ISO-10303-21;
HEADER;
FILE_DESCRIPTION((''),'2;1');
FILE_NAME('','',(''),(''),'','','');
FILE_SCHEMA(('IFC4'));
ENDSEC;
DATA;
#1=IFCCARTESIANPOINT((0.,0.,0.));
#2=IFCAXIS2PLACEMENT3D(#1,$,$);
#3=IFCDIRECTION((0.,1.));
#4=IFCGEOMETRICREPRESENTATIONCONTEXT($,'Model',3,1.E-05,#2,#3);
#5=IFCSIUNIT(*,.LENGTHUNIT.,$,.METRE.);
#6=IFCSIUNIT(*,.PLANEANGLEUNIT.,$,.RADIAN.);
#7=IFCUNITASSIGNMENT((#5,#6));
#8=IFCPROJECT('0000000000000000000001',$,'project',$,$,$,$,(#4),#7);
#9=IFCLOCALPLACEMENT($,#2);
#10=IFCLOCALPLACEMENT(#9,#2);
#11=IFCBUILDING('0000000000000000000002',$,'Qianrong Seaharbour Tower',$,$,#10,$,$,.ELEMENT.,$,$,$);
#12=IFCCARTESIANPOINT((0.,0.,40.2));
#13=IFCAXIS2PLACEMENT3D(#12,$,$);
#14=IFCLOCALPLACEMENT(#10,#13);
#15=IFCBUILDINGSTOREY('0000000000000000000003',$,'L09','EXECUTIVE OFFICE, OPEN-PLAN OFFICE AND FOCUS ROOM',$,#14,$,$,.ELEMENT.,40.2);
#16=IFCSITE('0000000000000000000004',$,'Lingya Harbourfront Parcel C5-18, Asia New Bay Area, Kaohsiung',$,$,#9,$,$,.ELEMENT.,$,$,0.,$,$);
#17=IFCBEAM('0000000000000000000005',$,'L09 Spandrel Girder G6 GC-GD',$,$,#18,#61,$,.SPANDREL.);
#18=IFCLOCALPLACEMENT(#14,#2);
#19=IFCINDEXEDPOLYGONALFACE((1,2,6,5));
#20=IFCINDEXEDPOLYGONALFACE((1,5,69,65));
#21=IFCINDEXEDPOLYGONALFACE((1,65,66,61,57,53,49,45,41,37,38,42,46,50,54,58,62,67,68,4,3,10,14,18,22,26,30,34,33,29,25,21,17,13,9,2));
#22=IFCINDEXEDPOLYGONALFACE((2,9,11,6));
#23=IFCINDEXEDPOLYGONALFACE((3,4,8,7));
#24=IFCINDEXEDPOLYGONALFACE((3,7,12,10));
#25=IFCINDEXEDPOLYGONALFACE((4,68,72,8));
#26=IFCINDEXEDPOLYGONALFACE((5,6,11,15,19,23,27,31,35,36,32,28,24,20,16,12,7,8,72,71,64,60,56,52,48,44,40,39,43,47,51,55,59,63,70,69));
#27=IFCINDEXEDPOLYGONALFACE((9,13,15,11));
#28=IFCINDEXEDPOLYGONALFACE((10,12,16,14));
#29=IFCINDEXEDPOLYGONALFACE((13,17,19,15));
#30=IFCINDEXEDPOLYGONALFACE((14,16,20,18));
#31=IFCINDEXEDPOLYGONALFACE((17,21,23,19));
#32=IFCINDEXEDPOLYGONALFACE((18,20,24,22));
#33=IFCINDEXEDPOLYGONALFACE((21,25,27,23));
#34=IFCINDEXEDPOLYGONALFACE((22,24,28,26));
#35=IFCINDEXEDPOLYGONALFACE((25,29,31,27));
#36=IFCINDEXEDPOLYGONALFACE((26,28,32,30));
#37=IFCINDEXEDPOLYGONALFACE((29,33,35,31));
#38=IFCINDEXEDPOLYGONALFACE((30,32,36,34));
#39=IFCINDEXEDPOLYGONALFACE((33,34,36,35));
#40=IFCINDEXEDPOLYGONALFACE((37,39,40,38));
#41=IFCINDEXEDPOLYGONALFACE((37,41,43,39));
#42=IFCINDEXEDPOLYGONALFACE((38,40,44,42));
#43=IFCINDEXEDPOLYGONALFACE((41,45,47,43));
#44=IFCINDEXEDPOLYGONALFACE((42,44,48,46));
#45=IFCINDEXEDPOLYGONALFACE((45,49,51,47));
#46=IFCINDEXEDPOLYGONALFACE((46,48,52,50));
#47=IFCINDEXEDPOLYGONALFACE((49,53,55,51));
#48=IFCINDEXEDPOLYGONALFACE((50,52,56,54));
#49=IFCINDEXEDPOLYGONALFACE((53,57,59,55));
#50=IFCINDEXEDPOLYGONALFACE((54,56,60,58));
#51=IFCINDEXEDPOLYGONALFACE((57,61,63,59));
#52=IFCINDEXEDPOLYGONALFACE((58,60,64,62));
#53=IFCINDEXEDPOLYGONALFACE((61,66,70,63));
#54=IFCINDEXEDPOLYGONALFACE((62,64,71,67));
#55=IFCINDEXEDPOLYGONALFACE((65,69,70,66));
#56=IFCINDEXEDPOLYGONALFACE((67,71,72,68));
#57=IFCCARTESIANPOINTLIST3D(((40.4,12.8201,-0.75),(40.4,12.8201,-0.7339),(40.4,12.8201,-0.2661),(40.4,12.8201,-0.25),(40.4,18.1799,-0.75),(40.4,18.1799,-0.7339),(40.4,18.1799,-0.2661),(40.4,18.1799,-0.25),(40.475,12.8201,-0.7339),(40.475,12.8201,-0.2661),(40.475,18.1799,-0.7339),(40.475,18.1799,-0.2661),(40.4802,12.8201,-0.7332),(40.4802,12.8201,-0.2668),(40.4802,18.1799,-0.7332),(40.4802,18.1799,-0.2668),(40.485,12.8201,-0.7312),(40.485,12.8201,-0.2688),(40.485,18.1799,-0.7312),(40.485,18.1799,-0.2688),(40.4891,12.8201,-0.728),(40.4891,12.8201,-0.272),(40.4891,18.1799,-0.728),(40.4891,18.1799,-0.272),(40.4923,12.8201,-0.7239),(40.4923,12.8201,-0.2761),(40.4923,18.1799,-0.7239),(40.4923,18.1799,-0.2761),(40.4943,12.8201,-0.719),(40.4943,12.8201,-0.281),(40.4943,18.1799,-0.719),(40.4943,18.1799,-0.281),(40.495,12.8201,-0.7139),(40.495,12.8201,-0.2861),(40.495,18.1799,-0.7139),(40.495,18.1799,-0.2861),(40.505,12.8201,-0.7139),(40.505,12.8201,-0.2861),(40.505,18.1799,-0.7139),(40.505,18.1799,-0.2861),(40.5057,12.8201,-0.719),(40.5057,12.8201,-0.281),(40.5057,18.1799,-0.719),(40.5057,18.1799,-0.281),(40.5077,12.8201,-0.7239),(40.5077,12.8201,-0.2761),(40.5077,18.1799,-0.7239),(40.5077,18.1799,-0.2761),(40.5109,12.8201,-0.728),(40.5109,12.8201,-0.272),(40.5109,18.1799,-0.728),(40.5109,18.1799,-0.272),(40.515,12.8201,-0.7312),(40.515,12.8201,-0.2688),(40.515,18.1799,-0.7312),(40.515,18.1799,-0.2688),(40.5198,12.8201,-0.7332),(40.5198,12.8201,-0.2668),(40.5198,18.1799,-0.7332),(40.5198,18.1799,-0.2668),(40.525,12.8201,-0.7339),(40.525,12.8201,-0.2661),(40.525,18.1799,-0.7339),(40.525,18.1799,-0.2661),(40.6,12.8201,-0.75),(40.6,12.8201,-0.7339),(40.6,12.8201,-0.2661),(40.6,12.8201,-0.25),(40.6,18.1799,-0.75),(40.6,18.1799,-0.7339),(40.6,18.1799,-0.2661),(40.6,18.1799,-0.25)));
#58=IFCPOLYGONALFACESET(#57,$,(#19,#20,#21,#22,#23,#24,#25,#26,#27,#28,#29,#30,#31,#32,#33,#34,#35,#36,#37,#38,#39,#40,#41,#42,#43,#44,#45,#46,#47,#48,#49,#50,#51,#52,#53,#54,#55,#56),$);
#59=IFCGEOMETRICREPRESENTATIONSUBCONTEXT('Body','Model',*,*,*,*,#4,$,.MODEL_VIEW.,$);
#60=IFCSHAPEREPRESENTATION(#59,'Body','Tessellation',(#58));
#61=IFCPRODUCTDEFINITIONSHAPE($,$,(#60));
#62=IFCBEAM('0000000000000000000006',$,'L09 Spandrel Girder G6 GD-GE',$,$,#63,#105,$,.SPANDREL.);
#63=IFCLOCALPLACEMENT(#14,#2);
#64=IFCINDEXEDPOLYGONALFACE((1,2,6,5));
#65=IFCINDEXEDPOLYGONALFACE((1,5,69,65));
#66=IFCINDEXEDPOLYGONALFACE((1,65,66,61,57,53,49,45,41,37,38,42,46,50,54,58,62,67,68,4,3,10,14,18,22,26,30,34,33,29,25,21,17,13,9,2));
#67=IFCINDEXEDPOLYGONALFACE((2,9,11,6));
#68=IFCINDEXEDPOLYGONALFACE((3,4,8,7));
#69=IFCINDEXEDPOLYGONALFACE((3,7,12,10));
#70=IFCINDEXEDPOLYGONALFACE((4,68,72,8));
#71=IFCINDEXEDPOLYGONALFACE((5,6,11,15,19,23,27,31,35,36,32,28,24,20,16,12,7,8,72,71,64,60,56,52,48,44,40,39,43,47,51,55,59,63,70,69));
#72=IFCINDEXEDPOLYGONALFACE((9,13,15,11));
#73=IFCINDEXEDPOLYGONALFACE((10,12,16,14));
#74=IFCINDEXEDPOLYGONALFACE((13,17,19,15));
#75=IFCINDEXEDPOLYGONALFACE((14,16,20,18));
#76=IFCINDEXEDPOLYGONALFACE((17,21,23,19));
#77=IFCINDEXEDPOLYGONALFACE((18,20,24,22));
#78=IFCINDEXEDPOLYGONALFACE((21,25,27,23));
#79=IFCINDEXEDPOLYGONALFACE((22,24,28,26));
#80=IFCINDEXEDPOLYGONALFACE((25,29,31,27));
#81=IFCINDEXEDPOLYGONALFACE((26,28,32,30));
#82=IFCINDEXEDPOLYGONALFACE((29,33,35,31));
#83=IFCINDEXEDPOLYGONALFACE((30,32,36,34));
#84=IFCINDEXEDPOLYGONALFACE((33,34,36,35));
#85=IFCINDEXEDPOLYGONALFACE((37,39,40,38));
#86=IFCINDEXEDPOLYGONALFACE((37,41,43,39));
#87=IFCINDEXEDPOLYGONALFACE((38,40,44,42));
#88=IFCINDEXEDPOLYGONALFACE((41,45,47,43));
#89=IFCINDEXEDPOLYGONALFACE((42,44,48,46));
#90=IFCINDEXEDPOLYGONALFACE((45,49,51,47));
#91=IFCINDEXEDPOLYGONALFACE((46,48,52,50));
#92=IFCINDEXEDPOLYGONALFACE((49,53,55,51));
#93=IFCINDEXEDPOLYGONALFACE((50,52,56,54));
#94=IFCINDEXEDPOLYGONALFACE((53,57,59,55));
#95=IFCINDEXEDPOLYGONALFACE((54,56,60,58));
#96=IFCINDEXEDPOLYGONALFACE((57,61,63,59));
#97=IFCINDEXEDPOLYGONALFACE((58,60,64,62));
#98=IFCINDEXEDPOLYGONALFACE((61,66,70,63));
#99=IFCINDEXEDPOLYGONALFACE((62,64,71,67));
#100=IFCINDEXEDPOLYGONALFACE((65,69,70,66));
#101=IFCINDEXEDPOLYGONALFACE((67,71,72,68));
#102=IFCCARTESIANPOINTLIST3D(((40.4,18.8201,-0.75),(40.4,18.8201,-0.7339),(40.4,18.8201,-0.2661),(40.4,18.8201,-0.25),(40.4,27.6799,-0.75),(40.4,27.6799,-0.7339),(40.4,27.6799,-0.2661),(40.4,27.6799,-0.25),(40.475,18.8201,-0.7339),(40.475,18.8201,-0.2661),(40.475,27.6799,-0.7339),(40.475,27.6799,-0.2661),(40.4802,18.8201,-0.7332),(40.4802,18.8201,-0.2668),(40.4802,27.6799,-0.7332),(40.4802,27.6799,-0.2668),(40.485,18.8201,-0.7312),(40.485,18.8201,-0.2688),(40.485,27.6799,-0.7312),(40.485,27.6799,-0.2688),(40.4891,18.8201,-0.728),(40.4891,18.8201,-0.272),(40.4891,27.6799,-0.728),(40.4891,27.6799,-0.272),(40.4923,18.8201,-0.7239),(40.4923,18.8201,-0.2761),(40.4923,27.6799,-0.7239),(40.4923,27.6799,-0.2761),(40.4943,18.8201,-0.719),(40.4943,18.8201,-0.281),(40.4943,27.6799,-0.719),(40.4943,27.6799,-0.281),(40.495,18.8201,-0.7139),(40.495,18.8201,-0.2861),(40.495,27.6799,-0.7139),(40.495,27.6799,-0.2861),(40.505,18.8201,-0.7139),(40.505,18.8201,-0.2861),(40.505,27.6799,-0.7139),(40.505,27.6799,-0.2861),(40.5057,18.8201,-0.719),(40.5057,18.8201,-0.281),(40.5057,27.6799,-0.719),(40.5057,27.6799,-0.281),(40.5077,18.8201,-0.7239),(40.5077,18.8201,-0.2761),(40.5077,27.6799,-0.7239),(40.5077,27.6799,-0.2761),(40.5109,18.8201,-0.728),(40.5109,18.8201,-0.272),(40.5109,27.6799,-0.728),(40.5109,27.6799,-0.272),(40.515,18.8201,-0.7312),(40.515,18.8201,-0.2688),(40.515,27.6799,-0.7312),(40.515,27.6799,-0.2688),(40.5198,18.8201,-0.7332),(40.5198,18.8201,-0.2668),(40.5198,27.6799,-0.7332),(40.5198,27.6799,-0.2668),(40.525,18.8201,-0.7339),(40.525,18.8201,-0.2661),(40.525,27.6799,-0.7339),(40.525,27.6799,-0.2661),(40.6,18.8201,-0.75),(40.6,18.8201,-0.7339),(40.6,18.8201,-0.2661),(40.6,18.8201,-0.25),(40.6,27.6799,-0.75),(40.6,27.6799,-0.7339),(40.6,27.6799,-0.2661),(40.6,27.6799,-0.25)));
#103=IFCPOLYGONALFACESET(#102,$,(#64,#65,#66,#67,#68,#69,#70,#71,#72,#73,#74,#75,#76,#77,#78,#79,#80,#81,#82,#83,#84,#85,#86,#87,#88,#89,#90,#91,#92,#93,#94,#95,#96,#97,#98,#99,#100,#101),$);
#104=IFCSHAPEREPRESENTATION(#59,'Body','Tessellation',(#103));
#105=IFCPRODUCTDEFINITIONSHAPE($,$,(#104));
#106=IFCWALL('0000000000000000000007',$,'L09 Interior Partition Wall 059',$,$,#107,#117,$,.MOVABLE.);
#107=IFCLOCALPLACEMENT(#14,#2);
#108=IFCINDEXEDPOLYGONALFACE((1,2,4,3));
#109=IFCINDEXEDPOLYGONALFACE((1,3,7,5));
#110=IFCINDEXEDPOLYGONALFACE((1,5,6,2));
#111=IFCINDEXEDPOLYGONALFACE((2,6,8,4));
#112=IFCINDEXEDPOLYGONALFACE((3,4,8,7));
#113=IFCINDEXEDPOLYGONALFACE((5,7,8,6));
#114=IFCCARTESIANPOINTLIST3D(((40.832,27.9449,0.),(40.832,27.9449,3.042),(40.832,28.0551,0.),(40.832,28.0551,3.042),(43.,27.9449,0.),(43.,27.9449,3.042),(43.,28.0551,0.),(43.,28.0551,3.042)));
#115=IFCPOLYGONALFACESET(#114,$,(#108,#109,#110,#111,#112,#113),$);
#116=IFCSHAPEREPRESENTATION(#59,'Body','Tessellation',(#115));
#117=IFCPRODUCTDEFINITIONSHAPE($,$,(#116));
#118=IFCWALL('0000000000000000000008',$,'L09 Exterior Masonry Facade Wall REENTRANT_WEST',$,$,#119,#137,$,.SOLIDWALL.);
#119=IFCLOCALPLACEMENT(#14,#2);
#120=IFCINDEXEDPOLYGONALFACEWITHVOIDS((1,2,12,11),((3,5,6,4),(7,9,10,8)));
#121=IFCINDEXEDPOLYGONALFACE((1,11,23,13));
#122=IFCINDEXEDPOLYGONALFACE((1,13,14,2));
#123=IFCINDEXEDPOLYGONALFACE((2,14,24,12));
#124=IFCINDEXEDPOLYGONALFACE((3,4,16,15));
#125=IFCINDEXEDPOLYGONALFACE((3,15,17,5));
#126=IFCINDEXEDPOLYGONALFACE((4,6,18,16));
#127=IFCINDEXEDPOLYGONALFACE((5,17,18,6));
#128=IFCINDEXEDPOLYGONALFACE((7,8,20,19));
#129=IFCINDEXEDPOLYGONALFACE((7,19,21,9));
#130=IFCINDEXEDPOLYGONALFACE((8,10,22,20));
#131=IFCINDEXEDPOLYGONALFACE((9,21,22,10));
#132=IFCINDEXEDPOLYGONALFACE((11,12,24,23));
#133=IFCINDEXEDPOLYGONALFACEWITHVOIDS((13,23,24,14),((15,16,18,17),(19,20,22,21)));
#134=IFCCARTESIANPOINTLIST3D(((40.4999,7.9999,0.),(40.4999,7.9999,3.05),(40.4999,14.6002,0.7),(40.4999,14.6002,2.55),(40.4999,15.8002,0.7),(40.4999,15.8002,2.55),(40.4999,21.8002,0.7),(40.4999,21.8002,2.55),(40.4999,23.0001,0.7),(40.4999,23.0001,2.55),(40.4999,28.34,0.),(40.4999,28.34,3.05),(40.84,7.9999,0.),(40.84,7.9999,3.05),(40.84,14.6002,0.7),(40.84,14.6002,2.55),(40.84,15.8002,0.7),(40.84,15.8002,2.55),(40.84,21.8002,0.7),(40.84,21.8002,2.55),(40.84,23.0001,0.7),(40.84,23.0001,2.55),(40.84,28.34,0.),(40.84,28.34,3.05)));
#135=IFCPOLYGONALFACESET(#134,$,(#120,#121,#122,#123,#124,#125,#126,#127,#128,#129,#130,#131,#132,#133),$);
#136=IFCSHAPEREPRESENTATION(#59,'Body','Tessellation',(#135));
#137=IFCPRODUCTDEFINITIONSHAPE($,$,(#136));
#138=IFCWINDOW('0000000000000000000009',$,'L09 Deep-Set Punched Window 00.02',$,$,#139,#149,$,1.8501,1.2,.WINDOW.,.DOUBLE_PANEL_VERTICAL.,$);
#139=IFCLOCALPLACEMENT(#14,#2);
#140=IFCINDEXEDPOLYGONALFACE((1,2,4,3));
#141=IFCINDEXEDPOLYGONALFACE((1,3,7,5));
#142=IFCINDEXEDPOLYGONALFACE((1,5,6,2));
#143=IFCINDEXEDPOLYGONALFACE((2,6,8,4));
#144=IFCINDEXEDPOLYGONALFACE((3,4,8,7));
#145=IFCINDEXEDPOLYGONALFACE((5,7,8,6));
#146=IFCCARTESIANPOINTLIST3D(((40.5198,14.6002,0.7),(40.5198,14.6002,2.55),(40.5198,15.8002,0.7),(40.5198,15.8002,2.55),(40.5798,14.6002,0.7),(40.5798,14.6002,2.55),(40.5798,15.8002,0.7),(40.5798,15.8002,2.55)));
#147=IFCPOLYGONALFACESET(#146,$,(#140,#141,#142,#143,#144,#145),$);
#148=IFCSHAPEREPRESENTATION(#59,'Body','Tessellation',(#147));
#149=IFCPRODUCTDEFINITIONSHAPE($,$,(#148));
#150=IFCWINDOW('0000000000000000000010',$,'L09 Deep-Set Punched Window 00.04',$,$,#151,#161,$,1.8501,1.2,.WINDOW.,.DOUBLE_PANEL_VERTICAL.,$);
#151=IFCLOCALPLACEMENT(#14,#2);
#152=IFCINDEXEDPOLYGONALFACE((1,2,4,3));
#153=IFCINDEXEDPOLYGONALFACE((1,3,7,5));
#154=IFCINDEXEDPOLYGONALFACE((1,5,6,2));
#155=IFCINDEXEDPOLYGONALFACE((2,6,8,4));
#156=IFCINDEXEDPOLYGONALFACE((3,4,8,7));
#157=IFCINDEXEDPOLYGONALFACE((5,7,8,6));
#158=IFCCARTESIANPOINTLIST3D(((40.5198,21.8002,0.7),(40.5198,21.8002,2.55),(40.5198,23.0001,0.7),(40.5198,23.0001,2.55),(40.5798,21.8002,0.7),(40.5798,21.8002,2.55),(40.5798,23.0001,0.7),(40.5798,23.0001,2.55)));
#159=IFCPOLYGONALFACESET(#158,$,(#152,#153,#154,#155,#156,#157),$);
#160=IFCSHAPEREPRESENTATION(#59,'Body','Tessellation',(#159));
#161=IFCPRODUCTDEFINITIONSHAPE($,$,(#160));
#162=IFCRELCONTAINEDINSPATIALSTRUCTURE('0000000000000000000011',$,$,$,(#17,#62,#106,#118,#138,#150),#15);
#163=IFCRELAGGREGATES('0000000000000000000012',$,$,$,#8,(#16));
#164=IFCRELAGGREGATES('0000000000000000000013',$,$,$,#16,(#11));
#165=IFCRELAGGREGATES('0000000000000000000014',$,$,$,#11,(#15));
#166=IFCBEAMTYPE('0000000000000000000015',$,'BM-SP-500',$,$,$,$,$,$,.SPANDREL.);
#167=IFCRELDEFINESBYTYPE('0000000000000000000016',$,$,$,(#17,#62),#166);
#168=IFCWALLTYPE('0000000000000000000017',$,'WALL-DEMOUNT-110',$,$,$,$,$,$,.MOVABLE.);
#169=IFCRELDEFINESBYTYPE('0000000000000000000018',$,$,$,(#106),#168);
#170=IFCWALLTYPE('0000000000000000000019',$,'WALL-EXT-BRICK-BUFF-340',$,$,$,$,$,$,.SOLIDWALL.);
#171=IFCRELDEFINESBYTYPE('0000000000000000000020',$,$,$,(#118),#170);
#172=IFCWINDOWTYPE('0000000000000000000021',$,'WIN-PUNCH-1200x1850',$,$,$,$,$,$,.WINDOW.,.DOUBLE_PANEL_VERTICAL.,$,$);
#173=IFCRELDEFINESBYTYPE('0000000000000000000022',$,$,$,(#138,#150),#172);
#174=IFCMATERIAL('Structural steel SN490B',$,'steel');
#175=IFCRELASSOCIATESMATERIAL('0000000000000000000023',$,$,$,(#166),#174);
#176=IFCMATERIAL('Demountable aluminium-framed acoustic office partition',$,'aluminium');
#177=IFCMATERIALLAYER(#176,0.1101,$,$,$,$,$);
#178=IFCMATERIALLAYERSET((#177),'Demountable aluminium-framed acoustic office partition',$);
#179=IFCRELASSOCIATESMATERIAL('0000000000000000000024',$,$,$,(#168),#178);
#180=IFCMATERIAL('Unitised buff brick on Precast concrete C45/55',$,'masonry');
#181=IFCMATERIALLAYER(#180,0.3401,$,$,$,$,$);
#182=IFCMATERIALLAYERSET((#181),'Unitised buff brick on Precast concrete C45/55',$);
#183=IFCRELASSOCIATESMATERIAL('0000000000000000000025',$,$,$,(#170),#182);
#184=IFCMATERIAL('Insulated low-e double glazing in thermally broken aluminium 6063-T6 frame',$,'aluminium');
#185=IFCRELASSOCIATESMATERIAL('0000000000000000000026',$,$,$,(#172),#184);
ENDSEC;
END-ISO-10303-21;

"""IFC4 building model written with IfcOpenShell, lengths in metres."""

from ifc_helpers import new_model, si_unit, direction, frame, frame_2d, origin, origin_2d, place, context, subcontext, project, spatial, rectangle, i_section, extrude, material, layer, layer_set, material_profile, profile_set, type_object, element, fill, save


model = new_model("IFC4")

# Units and contexts
model_context = context("Model", 3, precision=1e-05, world=origin(), true_north=direction((0.0, 1.0)))
body_context = subcontext(model_context, "Body", "Model", "MODEL_VIEW")
ifc_project = project(units=[si_unit("LENGTHUNIT", "METRE"), si_unit("PLANEANGLEUNIT", "RADIAN")], contexts=[model_context])

# Site, building, storey
site_placement = place(None, origin())
site = spatial("IfcSite", under=ifc_project, at=site_placement, Name="Lingya Harbourfront Parcel C5-18, Asia New Bay Area, Kaohsiung", CompositionType="ELEMENT", RefElevation=0.0)
building_placement = place(site_placement, origin())
building = spatial("IfcBuilding", under=site, at=building_placement, Name="Qianrong Seaharbour Tower", CompositionType="ELEMENT")
storey_placement = place(building_placement, frame((0.0, 0.0, 40.2)))
storey = spatial("IfcBuildingStorey", under=building, at=storey_placement, Name="L09", Description="EXECUTIVE OFFICE, OPEN-PLAN OFFICE AND FOCUS ROOM", CompositionType="ELEMENT", Elevation=40.2)

# Shared definitions
ifc_material_1 = material(Name="Structural steel SN490B", Category="steel")

# Beams
ifc_material_profile_1 = material_profile(ifc_material_1, i_section(OverallWidth=0.2, OverallDepth=0.5, WebThickness=0.01, FlangeThickness=0.0161, FilletRadius=0.02, at=origin_2d()), Name="H500x200x10x16")
ifc_profile_set_1 = profile_set([ifc_material_profile_1], Name="Structural steel SN490B")
beam_type_1 = type_object("IfcBeamType", Name="BM-SP-500", PredefinedType="SPANDREL", material=ifc_profile_set_1)
beam_1_placement = place(storey_placement, frame((40.5, 12.8201, -0.5), z_axis=(0.0, 1.0, 0.0), x_axis=(-1.0, 0.0, 0.0)))
element("IfcBeam", 1, at=beam_1_placement, inside=storey, type_object=beam_type_1, Name="L09 Spandrel Girder G6 GC-GD", PredefinedType="SPANDREL", context=body_context, shape_type="SweptSolid", body=[
    extrude(i_section(OverallWidth=0.2, OverallDepth=0.5, WebThickness=0.01, FlangeThickness=0.0161, FilletRadius=0.02, at=origin_2d()), origin(), (0.0, 0.0, 1.0), 5.3599),
])
beam_2_placement = place(storey_placement, frame((40.5, 18.8201, -0.5), z_axis=(0.0, 1.0, 0.0), x_axis=(-1.0, 0.0, 0.0)))
element("IfcBeam", 2, at=beam_2_placement, inside=storey, type_object=beam_type_1, Name="L09 Spandrel Girder G6 GD-GE", PredefinedType="SPANDREL", context=body_context, shape_type="SweptSolid", body=[
    extrude(i_section(OverallWidth=0.2, OverallDepth=0.5, WebThickness=0.01, FlangeThickness=0.0161, FilletRadius=0.02, at=origin_2d()), origin(), (0.0, 0.0, 1.0), 8.8599),
])

# Wall
ifc_material_2 = material(Name="Demountable aluminium-framed acoustic office partition", Category="aluminium")
ifc_layer_1 = layer(ifc_material_2, 0.1101)
ifc_layer_set_1 = layer_set([ifc_layer_1], Name="Demountable aluminium-framed acoustic office partition")
wall_type_1 = type_object("IfcWallType", Name="WALL-DEMOUNT-110", PredefinedType="MOVABLE", material=ifc_layer_set_1)
wall_1_placement = place(storey_placement, frame((40.832, 28.0, 0.0), z_axis=(0.0, 0.0, 1.0), x_axis=(1.0, 0.0, 0.0)))
element("IfcWall", 3, at=wall_1_placement, inside=storey, type_object=wall_type_1, Name="L09 Interior Partition Wall 059", PredefinedType="MOVABLE", context=body_context, shape_type="SweptSolid", body=[
    extrude(rectangle(XDim=2.168, YDim=0.1101, at=frame_2d((1.084, 0.0))), origin(), (0.0, 0.0, 1.0), 3.042),
])

# Wall, openings, windows
ifc_material_3 = material(Name="Unitised buff brick on Precast concrete C45/55", Category="masonry")
ifc_layer_2 = layer(ifc_material_3, 0.3401)
ifc_layer_set_2 = layer_set([ifc_layer_2], Name="Unitised buff brick on Precast concrete C45/55")
wall_type_2 = type_object("IfcWallType", Name="WALL-EXT-BRICK-BUFF-340", PredefinedType="SOLIDWALL", material=ifc_layer_set_2)
wall_2_placement = place(storey_placement, frame((40.6699, 8.0, 0.0), z_axis=(0.0, 0.0, 1.0), x_axis=(0.0, 1.0, 0.0)))
wall_2 = element("IfcWall", 4, at=wall_2_placement, inside=storey, type_object=wall_type_2, Name="L09 Exterior Masonry Facade Wall REENTRANT_WEST", PredefinedType="SOLIDWALL", context=body_context, shape_type="SweptSolid", body=[
    extrude(rectangle(XDim=20.3401, YDim=0.3401, at=frame_2d((10.1699, 0.0))), origin(), (0.0, 0.0, 1.0), 3.05),
])
opening_1_placement = place(wall_2_placement, frame((6.6001, 0.0, 0.7)))
opening_1 = element("IfcOpeningElement", 5, at=opening_1_placement, cuts=wall_2, PredefinedType="OPENING", context=body_context, shape_type="SweptSolid", body=[
    extrude(rectangle(XDim=1.2, YDim=1.8501, at=frame_2d((0.6001, 0.925))), frame((0.0, 0.1802, 0.0), z_axis=(0.0, -1.0, 0.0), x_axis=(1.0, 0.0, 0.0)), (0.0, 0.0, 1.0), 0.3601),
])
opening_2_placement = place(wall_2_placement, frame((13.8, 0.0, 0.7)))
opening_2 = element("IfcOpeningElement", 6, at=opening_2_placement, cuts=wall_2, PredefinedType="OPENING", context=body_context, shape_type="SweptSolid", body=[
    extrude(rectangle(XDim=1.2, YDim=1.8501, at=frame_2d((0.6001, 0.925))), frame((0.0, 0.1802, 0.0), z_axis=(0.0, -1.0, 0.0), x_axis=(1.0, 0.0, 0.0)), (0.0, 0.0, 1.0), 0.3601),
])
ifc_material_4 = material(Name="Insulated low-e double glazing in thermally broken aluminium 6063-T6 frame", Category="aluminium")
window_type = type_object("IfcWindowType", Name="WIN-PUNCH-1200x1850", PartitioningType="DOUBLE_PANEL_VERTICAL", PredefinedType="WINDOW", material=ifc_material_4)
window_1_placement = place(opening_1_placement, origin())
window_1 = element("IfcWindow", 7, at=window_1_placement, inside=storey, type_object=window_type, Name="L09 Deep-Set Punched Window 00.02", OverallHeight=1.8501, OverallWidth=1.2, PartitioningType="DOUBLE_PANEL_VERTICAL", PredefinedType="WINDOW", context=body_context, shape_type="SweptSolid", body=[
    extrude(rectangle(XDim=1.2, YDim=1.8501, at=frame_2d((0.6001, 0.925))), frame((0.0, 0.1501, 0.0), z_axis=(0.0, -1.0, 0.0), x_axis=(1.0, 0.0, 0.0)), (0.0, 0.0, 1.0), 0.0601),
])
fill(opening_1, window_1)
window_2_placement = place(opening_2_placement, origin())
window_2 = element("IfcWindow", 8, at=window_2_placement, inside=storey, type_object=window_type, Name="L09 Deep-Set Punched Window 00.04", OverallHeight=1.8501, OverallWidth=1.2, PartitioningType="DOUBLE_PANEL_VERTICAL", PredefinedType="WINDOW", context=body_context, shape_type="SweptSolid", body=[
    extrude(rectangle(XDim=1.2, YDim=1.8501, at=frame_2d((0.6001, 0.925))), frame((0.0, 0.1501, 0.0), z_axis=(0.0, -1.0, 0.0), x_axis=(1.0, 0.0, 0.0)), (0.0, 0.0, 1.0), 0.0601),
])
fill(opening_2, window_2)

save(model, "model.ifc")
